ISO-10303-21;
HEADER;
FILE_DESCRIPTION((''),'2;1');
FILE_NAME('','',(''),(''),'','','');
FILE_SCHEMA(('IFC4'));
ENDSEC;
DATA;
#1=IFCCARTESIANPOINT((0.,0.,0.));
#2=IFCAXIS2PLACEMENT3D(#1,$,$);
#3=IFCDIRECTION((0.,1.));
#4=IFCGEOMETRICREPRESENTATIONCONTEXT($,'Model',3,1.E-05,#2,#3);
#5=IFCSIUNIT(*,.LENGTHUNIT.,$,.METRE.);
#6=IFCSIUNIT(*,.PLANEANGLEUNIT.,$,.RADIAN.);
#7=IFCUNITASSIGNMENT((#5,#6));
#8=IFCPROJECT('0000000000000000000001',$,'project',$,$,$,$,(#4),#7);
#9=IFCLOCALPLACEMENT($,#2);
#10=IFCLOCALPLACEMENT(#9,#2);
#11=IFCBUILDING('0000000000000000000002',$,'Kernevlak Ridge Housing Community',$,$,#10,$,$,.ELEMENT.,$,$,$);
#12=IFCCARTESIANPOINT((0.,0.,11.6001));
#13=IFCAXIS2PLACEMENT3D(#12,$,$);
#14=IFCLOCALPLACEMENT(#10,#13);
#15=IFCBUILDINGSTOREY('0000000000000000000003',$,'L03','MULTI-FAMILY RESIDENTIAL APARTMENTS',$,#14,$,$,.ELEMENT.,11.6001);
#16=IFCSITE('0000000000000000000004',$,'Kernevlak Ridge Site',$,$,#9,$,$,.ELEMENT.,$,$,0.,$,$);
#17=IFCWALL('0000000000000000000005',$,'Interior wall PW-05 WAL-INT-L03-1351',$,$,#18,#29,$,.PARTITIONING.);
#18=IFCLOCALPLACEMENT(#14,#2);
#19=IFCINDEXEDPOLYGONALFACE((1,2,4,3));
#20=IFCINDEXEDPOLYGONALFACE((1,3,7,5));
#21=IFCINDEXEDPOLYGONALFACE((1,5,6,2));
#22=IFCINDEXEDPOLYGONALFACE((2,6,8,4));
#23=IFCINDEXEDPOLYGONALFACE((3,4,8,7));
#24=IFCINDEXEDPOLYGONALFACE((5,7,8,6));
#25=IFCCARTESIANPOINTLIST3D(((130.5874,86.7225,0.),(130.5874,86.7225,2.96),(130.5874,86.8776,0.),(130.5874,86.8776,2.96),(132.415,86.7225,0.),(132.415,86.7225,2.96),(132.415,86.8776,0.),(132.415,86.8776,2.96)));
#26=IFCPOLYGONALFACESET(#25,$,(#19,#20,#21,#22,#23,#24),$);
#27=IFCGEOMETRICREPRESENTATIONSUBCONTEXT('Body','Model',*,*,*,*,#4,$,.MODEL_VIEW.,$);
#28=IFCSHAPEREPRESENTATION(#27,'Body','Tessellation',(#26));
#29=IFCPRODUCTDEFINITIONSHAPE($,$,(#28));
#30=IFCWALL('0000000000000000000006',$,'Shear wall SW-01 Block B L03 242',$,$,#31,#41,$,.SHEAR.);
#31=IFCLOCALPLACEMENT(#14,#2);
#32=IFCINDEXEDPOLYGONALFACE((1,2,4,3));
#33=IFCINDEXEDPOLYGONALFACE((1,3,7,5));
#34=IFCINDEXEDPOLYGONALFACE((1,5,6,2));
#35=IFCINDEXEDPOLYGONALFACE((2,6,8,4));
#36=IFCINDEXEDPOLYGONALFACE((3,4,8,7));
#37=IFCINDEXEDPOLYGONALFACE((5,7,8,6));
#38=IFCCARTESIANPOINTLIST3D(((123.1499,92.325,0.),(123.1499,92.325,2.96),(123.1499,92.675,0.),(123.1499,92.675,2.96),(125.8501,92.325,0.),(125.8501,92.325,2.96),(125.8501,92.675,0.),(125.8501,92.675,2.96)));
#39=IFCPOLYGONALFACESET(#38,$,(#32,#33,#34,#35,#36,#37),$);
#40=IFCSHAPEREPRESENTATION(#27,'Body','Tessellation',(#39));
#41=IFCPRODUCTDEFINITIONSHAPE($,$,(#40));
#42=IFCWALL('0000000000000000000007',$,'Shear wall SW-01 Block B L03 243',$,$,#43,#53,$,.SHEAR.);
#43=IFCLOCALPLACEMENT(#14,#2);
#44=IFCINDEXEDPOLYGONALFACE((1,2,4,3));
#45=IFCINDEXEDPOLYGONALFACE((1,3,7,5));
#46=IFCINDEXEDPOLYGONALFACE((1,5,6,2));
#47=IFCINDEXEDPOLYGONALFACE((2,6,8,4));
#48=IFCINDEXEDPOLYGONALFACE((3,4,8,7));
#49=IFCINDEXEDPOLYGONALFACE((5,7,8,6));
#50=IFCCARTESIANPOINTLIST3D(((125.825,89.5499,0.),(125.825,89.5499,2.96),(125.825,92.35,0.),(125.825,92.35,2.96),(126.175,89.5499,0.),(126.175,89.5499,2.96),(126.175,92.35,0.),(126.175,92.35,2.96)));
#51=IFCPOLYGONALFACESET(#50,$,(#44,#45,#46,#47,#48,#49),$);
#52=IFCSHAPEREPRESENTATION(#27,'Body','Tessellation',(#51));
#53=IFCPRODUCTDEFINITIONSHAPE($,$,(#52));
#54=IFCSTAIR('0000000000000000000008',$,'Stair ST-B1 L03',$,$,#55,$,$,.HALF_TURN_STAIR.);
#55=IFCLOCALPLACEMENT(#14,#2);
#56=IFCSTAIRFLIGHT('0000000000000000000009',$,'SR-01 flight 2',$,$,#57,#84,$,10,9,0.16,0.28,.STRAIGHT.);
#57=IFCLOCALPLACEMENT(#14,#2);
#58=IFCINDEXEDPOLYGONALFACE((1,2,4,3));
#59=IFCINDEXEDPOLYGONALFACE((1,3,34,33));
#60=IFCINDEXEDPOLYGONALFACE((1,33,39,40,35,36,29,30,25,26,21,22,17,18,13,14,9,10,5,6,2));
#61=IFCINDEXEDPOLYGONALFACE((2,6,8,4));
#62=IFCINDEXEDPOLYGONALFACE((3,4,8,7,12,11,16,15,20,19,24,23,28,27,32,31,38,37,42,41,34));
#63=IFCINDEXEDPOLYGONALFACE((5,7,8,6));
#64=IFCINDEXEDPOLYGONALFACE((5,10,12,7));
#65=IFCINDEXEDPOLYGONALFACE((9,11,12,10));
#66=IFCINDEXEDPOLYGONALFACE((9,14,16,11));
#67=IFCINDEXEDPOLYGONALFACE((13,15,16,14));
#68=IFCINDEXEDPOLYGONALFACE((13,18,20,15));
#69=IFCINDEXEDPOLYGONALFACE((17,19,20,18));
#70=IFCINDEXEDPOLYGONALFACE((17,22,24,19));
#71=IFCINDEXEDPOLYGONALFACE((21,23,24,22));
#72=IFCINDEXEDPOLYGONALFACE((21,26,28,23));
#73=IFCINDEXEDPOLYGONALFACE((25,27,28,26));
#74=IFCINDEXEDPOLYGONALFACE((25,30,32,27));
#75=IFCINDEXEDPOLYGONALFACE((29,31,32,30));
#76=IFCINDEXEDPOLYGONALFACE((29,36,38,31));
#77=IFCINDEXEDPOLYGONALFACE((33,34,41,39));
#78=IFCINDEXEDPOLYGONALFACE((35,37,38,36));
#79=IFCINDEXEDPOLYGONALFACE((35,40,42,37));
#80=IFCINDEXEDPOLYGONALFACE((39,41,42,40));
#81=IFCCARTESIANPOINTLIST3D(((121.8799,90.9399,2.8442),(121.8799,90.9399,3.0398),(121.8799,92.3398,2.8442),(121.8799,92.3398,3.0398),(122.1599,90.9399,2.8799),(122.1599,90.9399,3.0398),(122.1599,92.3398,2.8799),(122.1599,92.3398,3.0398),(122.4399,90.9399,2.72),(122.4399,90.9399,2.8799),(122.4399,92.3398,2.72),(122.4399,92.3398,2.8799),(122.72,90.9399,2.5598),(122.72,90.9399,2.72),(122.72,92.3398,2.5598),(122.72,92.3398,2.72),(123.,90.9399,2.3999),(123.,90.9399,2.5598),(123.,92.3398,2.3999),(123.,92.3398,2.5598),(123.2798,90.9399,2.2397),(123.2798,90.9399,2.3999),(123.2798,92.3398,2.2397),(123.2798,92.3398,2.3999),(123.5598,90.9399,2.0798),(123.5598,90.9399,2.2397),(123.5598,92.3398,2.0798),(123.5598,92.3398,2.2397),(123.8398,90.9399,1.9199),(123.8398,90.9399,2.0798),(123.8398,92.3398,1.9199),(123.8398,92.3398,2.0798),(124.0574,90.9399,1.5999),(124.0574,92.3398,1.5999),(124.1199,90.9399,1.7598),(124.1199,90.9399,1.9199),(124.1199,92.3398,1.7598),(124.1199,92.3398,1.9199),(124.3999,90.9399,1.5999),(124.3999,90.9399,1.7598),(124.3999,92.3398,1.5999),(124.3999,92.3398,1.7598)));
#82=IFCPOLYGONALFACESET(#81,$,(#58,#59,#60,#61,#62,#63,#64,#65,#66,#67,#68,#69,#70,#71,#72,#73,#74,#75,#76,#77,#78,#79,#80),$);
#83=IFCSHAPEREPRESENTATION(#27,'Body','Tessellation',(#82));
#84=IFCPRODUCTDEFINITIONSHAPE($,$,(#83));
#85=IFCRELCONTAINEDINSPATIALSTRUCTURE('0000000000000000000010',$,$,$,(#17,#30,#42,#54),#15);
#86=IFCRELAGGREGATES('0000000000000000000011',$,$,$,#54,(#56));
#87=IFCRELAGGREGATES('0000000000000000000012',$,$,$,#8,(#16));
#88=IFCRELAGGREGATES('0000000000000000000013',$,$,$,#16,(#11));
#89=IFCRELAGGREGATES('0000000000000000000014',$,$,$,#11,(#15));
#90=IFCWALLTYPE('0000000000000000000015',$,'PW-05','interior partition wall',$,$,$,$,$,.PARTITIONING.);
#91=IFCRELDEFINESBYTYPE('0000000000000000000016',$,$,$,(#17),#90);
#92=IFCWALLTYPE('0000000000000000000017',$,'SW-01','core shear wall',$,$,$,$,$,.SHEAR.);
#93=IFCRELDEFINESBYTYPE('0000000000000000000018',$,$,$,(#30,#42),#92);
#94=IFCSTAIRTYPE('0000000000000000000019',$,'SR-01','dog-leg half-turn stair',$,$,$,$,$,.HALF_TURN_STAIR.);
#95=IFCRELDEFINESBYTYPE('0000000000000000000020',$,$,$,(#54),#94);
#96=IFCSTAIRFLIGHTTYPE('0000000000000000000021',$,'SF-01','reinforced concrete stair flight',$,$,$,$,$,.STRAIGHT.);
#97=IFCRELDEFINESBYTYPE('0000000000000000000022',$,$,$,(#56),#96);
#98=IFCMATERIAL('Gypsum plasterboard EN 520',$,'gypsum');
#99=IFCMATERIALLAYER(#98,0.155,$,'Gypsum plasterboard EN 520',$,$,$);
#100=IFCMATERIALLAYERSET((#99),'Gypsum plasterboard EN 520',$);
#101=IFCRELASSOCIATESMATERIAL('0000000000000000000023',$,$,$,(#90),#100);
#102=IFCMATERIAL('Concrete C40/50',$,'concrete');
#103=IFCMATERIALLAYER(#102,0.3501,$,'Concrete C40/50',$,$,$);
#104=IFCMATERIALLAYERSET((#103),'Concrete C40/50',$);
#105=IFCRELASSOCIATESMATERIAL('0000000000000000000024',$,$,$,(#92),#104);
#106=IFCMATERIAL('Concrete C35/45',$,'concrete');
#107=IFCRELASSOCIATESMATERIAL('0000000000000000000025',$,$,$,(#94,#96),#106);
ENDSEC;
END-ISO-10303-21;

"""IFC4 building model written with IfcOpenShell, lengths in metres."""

from ifc_helpers import new_model, si_unit, direction, frame, frame_2d, origin, place, context, subcontext, project, spatial, polyline, rectangle, outline, extrude, material, layer, layer_set, type_object, element, aggregate, save


model = new_model("IFC4")

# Units and contexts
model_context = context("Model", 3, precision=1e-05, world=origin(), true_north=direction((0.0, 1.0)))
body_context = subcontext(model_context, "Body", "Model", "MODEL_VIEW")
ifc_project = project(units=[si_unit("LENGTHUNIT", "METRE"), si_unit("PLANEANGLEUNIT", "RADIAN")], contexts=[model_context])

# Site, building, storey
site_placement = place(None, origin())
site = spatial("IfcSite", under=ifc_project, at=site_placement, Name="Kernevlak Ridge Site", CompositionType="ELEMENT", RefElevation=0.0)
building_placement = place(site_placement, origin())
building = spatial("IfcBuilding", under=site, at=building_placement, Name="Kernevlak Ridge Housing Community", CompositionType="ELEMENT")
storey_placement = place(building_placement, frame((0.0, 0.0, 11.6001)))
storey = spatial("IfcBuildingStorey", under=building, at=storey_placement, Name="L03", Description="MULTI-FAMILY RESIDENTIAL APARTMENTS", CompositionType="ELEMENT", Elevation=11.6001)

# Shared definitions
ifc_material_1 = material(Name="Concrete C40/50", Category="concrete")

# Shared definitions
ifc_material_2 = material(Name="Concrete C35/45", Category="concrete")

# Shared definitions
ifc_material_3 = material(Name="Gypsum plasterboard EN 520", Category="gypsum")

# Shared definitions
ifc_layer_1 = layer(ifc_material_3, 0.155, Name="Gypsum plasterboard EN 520")
ifc_layer_set_1 = layer_set([ifc_layer_1], Name="Gypsum plasterboard EN 520")
wall_type_1 = type_object("IfcWallType", Name="PW-05", Description="interior partition wall", PredefinedType="PARTITIONING", material=ifc_layer_set_1)

# Walls
wall_1_placement = place(storey_placement, frame((130.5874, 86.8, 0.0), z_axis=(0.0, 0.0, 1.0), x_axis=(1.0, 0.0, 0.0)))
element("IfcWall", 1, at=wall_1_placement, inside=storey, type_object=wall_type_1, Name="Interior wall PW-05 WAL-INT-L03-1351", PredefinedType="PARTITIONING", context=body_context, shape_type="SweptSolid", body=[
    extrude(rectangle(XDim=1.8276, YDim=0.155, at=frame_2d((0.9138, 0.0))), origin(), (0.0, 0.0, 1.0), 2.96),
])
ifc_layer_2 = layer(ifc_material_1, 0.3501, Name="Concrete C40/50")
ifc_layer_set_2 = layer_set([ifc_layer_2], Name="Concrete C40/50")
wall_type_2 = type_object("IfcWallType", Name="SW-01", Description="core shear wall", PredefinedType="SHEAR", material=ifc_layer_set_2)
wall_2_placement = place(storey_placement, frame((123.1499, 92.5, 0.0), z_axis=(0.0, 0.0, 1.0), x_axis=(1.0, 0.0, 0.0)))
element("IfcWall", 2, at=wall_2_placement, inside=storey, type_object=wall_type_2, Name="Shear wall SW-01 Block B L03 242", PredefinedType="SHEAR", context=body_context, shape_type="SweptSolid", body=[
    extrude(rectangle(XDim=2.7002, YDim=0.3501, at=frame_2d((1.3501, 0.0))), origin(), (0.0, 0.0, 1.0), 2.96),
])
wall_3_placement = place(storey_placement, frame((126.0, 89.55, 0.0), z_axis=(0.0, 0.0, 1.0), x_axis=(0.0, 1.0, 0.0)))
element("IfcWall", 3, at=wall_3_placement, inside=storey, type_object=wall_type_2, Name="Shear wall SW-01 Block B L03 243", PredefinedType="SHEAR", context=body_context, shape_type="SweptSolid", body=[
    extrude(rectangle(XDim=2.8, YDim=0.3501, at=frame_2d((1.3999, 0.0))), origin(), (0.0, 0.0, 1.0), 2.96),
])

# Stair, stair flight
stair_type = type_object("IfcStairType", Name="SR-01", Description="dog-leg half-turn stair", PredefinedType="HALF_TURN_STAIR", material=ifc_material_2)
stair_placement = place(storey_placement, origin())
stair = element("IfcStair", 4, at=stair_placement, inside=storey, type_object=stair_type, Name="Stair ST-B1 L03", PredefinedType="HALF_TURN_STAIR")
stair_flight_type = type_object("IfcStairFlightType", Name="SF-01", Description="reinforced concrete stair flight", PredefinedType="STRAIGHT", material=ifc_material_2)
stair_flight_placement = place(storey_placement, frame((124.3999, 91.6399, 1.5999), z_axis=(0.0, 0.0, 1.0), x_axis=(-1.0, 0.0, 0.0)))
stair_flight = element("IfcStairFlight", 5, at=stair_flight_placement, type_object=stair_flight_type, Name="SR-01 flight 2", NumberOfRisers=10, NumberOfTreads=9, PredefinedType="STRAIGHT", RiserHeight=0.16, TreadLength=0.28, context=body_context, shape_type="SweptSolid", body=[
    extrude(outline(polyline([(0.0, 0.0), (0.0, 0.1599), (0.28, 0.1599), (0.28, 0.3201), (0.5601, 0.3201), (0.5601, 0.48), (0.8401, 0.48), (0.8401, 0.6399), (1.1201, 0.6399), (1.1201, 0.8), (1.3999, 0.8), (1.3999, 0.96), (1.6799, 0.96), (1.6799, 1.1201), (1.96, 1.1201), (1.96, 1.28), (2.24, 1.28), (2.24, 1.4399), (2.52, 1.4399), (2.52, 1.6001), (2.52, 1.2444), (0.3425, 0.0), (0.0, 0.0)])), frame((0.0, 0.7, 0.0), z_axis=(0.0, -1.0, 0.0), x_axis=(1.0, 0.0, 0.0)), (0.0, 0.0, 1.0), 1.3999),
])
aggregate(stair, [stair_flight])

save(model, "model.ifc")
